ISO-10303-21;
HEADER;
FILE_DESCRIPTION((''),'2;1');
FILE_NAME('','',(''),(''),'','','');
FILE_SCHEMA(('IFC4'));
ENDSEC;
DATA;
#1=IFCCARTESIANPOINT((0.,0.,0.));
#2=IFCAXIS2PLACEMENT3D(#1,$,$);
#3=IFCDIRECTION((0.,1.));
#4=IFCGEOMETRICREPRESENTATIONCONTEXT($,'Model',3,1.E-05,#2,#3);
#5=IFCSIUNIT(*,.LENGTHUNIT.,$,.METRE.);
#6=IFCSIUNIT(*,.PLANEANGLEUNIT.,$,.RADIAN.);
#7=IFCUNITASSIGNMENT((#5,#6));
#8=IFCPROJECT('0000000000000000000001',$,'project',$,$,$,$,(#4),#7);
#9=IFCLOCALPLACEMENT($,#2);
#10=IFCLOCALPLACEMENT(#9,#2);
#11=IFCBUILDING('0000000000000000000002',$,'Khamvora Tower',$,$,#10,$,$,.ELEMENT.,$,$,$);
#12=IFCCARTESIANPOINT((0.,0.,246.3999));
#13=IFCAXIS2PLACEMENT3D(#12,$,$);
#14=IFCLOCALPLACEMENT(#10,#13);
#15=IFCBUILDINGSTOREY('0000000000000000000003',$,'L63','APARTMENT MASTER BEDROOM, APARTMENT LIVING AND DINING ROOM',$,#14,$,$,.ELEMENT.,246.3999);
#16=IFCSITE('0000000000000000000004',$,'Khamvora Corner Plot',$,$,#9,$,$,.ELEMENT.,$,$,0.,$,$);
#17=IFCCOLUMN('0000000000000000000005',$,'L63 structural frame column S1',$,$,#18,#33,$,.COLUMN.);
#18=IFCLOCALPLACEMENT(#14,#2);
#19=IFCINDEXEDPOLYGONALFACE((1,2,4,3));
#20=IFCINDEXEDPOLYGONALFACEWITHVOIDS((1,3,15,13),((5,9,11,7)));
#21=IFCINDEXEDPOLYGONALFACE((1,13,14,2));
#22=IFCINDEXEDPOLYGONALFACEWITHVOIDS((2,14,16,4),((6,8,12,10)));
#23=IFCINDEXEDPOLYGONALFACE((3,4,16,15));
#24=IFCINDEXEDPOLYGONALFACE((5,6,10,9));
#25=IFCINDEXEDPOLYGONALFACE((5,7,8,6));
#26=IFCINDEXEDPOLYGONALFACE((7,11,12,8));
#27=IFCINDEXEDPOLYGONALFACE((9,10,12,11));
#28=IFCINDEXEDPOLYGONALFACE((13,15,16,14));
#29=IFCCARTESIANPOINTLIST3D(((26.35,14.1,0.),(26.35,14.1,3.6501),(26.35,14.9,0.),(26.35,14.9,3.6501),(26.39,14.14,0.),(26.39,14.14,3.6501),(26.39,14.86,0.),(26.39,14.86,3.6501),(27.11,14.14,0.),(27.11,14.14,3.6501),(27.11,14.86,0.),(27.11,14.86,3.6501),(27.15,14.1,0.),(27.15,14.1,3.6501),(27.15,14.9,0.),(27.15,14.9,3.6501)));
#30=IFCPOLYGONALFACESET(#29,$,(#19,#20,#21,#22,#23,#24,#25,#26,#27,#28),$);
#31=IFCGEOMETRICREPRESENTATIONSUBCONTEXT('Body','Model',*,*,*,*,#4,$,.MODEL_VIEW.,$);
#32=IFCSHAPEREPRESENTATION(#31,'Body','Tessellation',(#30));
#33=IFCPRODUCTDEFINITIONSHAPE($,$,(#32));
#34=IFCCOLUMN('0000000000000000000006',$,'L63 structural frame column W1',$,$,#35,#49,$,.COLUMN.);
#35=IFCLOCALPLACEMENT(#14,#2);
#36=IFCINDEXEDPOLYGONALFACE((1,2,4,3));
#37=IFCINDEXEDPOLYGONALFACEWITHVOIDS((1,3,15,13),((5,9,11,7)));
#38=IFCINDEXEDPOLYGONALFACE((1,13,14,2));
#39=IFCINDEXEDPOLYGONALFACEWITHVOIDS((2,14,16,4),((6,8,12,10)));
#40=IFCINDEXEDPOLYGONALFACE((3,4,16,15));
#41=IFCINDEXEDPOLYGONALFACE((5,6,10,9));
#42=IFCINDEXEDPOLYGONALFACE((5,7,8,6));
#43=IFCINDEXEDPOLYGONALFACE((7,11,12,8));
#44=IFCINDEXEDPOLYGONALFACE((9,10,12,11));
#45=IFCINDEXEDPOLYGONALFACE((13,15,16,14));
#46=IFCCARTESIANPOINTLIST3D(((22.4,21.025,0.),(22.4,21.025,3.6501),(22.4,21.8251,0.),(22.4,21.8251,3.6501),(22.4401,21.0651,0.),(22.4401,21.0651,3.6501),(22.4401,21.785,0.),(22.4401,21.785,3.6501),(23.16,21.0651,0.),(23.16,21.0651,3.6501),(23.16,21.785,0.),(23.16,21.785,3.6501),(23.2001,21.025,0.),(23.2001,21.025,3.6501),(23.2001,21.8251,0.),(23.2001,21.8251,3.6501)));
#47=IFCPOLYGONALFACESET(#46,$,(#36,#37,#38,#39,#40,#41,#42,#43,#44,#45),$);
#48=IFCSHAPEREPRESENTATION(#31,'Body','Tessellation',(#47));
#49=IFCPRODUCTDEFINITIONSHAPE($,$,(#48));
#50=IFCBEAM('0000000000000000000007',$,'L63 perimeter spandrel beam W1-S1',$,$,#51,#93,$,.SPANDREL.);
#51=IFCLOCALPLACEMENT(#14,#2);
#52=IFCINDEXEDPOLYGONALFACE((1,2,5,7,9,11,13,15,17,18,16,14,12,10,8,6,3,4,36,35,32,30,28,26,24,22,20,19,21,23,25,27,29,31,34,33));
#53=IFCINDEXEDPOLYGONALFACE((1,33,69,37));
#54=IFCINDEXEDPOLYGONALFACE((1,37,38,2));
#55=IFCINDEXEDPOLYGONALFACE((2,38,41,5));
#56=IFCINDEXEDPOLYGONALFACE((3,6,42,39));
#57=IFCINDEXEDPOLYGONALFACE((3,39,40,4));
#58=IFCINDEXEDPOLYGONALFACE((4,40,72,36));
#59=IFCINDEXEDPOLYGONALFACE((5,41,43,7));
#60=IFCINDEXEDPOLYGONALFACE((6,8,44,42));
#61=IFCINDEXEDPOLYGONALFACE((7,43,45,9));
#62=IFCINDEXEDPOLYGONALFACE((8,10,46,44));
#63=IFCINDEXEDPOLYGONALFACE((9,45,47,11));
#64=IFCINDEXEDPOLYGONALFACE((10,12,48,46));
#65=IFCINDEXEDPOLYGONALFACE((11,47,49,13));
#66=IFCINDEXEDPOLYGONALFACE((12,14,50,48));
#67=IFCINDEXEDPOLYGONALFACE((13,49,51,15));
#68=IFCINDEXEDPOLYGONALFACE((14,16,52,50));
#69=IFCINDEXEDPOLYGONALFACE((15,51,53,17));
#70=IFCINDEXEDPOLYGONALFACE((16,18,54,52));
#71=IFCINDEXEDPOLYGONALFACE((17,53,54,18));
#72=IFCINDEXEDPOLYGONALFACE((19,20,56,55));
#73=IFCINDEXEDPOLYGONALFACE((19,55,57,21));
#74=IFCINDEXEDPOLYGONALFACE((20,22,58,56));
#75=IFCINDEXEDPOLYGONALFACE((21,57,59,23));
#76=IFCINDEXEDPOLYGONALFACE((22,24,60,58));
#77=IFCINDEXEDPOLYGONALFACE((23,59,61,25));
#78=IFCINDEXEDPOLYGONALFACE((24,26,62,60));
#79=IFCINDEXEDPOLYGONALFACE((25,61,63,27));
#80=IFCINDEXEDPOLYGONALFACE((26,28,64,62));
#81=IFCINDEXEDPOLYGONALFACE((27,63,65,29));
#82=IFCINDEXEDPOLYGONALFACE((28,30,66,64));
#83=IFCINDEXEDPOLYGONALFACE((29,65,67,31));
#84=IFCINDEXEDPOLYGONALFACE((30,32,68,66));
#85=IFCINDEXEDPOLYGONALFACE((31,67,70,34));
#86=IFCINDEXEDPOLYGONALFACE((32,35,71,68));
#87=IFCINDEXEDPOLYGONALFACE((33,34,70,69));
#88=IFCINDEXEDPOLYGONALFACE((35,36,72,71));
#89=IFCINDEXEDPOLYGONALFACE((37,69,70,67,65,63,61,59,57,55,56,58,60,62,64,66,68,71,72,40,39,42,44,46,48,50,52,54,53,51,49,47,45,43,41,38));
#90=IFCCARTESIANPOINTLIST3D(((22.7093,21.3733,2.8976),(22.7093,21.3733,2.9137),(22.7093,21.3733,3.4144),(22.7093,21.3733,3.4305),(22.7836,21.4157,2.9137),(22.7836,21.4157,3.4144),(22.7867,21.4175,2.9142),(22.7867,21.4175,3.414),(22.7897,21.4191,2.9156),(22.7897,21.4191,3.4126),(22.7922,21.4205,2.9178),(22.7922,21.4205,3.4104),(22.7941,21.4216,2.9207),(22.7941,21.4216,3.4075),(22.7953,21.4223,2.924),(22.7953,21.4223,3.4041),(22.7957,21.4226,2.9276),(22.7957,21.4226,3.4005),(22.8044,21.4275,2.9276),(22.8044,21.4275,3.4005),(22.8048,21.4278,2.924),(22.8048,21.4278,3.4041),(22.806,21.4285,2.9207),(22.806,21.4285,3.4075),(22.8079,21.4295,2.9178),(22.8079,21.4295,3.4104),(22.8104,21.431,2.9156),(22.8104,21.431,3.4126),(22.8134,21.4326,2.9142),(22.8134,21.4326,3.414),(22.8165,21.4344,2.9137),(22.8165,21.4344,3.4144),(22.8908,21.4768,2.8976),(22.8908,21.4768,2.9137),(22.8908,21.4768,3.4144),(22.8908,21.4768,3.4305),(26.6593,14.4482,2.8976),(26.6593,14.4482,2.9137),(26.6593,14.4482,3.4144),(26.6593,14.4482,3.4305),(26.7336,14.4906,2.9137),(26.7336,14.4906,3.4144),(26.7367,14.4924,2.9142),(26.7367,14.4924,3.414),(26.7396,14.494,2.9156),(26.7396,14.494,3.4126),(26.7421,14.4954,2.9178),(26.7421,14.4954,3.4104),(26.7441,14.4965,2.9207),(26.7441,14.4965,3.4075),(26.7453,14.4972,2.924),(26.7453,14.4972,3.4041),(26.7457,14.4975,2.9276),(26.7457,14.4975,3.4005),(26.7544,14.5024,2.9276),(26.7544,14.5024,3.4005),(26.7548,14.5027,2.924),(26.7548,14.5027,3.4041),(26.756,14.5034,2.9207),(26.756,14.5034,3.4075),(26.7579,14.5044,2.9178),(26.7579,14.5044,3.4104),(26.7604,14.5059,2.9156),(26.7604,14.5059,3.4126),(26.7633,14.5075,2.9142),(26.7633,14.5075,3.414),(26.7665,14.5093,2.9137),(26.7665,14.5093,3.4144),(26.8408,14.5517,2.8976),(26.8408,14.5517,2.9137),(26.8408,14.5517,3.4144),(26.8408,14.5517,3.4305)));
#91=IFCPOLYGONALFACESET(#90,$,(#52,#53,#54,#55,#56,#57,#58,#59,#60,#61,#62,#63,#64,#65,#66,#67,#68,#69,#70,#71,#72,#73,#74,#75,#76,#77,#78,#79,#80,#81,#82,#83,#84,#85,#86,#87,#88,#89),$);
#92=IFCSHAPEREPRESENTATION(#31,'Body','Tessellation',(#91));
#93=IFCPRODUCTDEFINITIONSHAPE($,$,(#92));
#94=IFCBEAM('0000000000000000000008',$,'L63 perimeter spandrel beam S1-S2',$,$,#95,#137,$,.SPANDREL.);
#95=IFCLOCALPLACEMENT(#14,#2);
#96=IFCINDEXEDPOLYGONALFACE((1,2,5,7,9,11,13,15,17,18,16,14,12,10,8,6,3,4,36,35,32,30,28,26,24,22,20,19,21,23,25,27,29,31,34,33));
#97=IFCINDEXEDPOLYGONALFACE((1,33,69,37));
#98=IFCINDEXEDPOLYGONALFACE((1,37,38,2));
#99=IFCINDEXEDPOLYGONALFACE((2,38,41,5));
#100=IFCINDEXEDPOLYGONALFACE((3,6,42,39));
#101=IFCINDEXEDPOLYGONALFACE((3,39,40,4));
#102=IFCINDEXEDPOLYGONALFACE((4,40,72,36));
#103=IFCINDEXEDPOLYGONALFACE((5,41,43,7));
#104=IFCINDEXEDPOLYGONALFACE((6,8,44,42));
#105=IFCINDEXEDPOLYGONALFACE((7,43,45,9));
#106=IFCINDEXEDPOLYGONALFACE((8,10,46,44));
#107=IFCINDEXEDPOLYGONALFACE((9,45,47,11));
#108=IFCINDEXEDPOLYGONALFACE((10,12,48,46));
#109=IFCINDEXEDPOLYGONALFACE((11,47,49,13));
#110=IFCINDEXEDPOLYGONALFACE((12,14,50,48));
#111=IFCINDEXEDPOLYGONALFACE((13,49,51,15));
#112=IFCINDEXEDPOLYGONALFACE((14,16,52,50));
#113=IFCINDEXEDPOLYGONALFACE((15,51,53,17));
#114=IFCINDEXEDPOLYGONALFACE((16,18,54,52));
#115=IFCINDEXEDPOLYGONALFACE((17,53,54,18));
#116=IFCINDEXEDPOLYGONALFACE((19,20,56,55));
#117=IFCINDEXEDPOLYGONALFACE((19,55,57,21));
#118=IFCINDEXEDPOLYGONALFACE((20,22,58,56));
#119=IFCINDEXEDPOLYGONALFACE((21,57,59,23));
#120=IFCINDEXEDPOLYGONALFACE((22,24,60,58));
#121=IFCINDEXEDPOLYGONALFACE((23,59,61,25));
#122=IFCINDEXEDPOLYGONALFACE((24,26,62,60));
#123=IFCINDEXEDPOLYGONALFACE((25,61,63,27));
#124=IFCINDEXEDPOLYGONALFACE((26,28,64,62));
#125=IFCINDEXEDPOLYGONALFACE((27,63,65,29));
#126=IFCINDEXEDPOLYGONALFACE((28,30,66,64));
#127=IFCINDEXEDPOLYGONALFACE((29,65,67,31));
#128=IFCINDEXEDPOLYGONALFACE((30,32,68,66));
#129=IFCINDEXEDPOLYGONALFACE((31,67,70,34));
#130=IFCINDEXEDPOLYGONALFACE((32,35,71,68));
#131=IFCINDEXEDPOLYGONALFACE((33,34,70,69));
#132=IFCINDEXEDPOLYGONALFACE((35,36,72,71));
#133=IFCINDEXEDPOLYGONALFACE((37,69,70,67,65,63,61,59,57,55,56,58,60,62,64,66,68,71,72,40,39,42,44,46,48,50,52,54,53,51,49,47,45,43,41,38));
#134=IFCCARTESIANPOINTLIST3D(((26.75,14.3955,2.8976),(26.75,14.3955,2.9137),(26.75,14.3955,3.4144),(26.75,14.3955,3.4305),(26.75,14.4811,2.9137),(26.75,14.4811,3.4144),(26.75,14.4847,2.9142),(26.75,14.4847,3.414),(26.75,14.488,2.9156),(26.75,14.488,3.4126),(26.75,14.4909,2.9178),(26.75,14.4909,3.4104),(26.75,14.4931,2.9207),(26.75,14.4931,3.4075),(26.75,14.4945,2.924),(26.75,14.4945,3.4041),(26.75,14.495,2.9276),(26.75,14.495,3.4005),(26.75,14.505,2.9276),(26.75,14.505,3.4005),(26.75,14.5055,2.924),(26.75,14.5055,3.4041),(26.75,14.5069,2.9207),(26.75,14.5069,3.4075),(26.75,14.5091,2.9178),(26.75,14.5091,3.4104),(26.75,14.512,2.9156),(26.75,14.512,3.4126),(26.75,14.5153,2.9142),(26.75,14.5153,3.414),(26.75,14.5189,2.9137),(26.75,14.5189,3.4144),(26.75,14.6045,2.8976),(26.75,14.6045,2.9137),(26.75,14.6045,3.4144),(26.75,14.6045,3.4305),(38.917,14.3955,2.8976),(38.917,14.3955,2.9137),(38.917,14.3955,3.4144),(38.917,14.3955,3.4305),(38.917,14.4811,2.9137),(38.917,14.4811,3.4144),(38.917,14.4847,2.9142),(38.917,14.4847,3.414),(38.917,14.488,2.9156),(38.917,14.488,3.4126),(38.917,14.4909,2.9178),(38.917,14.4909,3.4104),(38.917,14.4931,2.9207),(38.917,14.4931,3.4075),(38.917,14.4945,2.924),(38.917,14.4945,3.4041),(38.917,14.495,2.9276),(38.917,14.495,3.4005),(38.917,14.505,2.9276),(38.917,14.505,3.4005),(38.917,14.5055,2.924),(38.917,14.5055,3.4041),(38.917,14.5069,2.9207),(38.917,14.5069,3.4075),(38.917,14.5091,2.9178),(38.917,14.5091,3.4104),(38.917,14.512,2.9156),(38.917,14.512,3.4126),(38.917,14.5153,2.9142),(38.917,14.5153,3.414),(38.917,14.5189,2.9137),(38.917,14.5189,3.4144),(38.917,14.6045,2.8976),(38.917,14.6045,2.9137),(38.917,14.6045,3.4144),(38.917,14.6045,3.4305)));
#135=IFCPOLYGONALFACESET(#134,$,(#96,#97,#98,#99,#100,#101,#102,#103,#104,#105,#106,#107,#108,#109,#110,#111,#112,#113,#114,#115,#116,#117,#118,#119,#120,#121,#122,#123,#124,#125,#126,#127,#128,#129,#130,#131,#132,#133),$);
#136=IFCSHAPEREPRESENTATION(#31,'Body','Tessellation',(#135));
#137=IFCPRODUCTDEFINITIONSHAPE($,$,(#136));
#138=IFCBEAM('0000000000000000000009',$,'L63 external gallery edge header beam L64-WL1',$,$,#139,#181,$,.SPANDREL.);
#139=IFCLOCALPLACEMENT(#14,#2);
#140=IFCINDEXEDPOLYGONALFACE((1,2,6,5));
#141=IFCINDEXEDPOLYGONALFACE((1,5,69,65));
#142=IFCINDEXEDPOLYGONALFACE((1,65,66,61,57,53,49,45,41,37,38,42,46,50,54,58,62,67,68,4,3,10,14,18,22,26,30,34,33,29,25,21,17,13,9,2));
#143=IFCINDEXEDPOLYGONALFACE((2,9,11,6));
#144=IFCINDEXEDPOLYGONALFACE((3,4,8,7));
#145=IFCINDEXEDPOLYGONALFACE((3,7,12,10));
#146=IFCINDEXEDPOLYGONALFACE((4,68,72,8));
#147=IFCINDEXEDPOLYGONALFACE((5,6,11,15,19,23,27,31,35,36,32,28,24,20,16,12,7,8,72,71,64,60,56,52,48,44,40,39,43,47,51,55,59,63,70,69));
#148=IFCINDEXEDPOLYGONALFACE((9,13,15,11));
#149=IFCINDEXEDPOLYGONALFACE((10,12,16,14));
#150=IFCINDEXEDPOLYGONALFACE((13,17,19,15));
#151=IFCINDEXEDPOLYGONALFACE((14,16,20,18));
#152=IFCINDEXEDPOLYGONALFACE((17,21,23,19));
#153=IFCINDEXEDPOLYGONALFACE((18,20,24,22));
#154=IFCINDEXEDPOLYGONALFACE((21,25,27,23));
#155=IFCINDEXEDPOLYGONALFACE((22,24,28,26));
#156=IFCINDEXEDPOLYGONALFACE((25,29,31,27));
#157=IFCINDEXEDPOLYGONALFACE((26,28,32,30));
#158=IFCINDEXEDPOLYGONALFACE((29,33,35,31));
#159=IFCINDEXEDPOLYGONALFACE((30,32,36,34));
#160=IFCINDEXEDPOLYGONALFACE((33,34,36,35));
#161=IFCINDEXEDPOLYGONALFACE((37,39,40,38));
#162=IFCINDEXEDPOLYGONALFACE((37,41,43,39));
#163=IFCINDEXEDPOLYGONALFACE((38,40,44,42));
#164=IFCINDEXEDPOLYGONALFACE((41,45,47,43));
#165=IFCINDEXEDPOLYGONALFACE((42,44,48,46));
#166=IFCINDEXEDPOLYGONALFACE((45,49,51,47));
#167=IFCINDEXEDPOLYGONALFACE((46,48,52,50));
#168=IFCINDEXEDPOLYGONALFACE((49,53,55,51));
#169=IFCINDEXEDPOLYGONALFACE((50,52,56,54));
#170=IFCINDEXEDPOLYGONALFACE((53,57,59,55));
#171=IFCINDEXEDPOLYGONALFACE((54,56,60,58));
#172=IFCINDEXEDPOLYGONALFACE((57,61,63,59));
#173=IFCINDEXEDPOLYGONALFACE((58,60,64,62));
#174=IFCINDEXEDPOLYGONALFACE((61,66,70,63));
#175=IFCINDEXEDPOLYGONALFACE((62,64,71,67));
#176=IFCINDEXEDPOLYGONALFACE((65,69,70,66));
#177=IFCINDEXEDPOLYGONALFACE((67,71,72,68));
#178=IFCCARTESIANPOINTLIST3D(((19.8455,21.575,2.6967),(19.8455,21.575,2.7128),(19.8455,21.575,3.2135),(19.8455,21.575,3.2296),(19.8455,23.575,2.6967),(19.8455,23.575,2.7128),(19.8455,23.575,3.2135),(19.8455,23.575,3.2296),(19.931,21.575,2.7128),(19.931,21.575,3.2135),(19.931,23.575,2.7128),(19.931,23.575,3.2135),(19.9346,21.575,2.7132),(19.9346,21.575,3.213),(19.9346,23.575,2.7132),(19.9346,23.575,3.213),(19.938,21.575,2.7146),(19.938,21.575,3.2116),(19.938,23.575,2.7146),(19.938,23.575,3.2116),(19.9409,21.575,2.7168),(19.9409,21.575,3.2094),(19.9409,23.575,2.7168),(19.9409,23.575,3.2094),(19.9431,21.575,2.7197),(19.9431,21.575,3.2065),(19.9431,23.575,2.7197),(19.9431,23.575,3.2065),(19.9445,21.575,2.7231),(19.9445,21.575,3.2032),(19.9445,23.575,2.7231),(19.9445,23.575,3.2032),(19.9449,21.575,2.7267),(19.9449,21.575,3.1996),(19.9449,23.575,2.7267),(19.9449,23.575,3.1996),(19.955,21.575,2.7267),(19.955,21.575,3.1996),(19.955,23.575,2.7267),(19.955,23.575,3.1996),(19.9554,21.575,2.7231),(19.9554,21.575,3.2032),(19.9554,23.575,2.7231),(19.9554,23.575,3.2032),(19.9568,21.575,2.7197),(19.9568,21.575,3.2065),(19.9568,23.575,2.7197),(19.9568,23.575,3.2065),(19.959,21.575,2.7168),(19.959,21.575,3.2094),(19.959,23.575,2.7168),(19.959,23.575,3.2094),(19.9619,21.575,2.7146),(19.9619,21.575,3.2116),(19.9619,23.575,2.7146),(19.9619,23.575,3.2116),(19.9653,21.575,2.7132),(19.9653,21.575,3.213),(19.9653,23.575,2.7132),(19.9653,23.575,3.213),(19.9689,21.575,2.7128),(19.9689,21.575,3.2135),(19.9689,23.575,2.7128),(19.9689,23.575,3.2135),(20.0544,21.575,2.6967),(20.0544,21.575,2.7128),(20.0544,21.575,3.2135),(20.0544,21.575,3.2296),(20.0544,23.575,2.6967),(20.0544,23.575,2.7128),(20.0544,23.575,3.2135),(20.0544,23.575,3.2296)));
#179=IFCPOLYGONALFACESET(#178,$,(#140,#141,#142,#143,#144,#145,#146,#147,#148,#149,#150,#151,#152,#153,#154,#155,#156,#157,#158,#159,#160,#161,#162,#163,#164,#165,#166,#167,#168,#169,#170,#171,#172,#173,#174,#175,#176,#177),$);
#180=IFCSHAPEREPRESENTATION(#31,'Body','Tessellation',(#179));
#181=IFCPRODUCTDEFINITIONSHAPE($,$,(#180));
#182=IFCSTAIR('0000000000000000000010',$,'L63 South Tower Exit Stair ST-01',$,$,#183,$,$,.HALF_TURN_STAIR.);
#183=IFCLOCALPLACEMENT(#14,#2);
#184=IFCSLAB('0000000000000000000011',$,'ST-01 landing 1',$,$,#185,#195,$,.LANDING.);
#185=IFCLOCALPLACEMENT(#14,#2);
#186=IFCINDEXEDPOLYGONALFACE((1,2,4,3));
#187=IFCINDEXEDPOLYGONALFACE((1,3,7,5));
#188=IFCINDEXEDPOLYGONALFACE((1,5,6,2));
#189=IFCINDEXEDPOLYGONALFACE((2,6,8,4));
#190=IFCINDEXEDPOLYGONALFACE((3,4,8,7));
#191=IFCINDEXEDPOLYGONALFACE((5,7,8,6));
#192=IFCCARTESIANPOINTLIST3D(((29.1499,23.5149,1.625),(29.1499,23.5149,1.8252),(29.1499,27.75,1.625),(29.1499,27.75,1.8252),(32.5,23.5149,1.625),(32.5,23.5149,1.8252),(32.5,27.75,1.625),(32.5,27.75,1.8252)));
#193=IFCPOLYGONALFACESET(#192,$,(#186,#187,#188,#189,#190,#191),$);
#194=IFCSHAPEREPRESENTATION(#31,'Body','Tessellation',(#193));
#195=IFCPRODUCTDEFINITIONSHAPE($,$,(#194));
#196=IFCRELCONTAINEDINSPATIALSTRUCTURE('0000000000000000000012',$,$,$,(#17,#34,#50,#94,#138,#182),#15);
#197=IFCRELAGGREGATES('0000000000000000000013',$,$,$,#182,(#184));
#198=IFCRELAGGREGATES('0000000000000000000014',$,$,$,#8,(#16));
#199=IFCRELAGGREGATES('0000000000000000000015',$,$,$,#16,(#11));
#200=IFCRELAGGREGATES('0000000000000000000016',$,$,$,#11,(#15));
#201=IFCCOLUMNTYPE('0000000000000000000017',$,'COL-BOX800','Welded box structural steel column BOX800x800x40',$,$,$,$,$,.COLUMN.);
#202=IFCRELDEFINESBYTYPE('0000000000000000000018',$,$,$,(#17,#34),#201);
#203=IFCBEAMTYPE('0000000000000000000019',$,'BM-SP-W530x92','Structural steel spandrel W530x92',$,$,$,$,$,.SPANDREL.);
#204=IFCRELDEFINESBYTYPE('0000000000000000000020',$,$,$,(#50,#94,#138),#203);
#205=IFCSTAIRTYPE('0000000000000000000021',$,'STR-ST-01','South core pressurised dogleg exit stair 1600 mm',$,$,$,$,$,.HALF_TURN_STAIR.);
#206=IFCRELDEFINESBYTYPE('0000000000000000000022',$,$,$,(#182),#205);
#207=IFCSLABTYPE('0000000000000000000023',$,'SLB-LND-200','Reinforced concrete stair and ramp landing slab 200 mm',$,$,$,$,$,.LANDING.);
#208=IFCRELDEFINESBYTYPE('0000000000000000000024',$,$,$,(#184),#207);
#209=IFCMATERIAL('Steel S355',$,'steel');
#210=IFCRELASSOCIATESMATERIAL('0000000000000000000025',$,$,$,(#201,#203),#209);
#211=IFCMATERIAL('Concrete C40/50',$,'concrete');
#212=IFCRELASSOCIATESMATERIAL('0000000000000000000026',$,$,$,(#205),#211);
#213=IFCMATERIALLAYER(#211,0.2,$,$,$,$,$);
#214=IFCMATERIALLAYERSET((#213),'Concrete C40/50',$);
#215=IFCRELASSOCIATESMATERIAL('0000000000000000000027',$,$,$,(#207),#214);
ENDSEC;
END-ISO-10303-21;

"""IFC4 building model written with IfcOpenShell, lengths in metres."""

from ifc_helpers import new_model, si_unit, direction, frame, origin, origin_2d, place, context, subcontext, project, spatial, polyline, hollow_rectangle, i_section, outline, extrude, material, layer, layer_set, material_profile, profile_set, type_object, element, aggregate, save


model = new_model("IFC4")

# Units and contexts
model_context = context("Model", 3, precision=1e-05, world=origin(), true_north=direction((0.0, 1.0)))
body_context = subcontext(model_context, "Body", "Model", "MODEL_VIEW")
ifc_project = project(units=[si_unit("LENGTHUNIT", "METRE"), si_unit("PLANEANGLEUNIT", "RADIAN")], contexts=[model_context])

# Site, building, storey
site_placement = place(None, origin())
site = spatial("IfcSite", under=ifc_project, at=site_placement, Name="Khamvora Corner Plot", CompositionType="ELEMENT", RefElevation=0.0)
building_placement = place(site_placement, origin())
building = spatial("IfcBuilding", under=site, at=building_placement, Name="Khamvora Tower", CompositionType="ELEMENT")
storey_placement = place(building_placement, frame((0.0, 0.0, 246.3999)))
storey = spatial("IfcBuildingStorey", under=building, at=storey_placement, Name="L63", Description="APARTMENT MASTER BEDROOM, APARTMENT LIVING AND DINING ROOM", CompositionType="ELEMENT", Elevation=246.3999)

# Columns
ifc_material_1 = material(Name="Steel S355", Category="steel")
ifc_material_profile_1 = material_profile(ifc_material_1, hollow_rectangle(XDim=0.8, YDim=0.8, WallThickness=0.04, at=origin_2d()), Name="BOX800x800x40")
ifc_profile_set_1 = profile_set([ifc_material_profile_1], Name="Steel S355")
column_type = type_object("IfcColumnType", Name="COL-BOX800", Description="Welded box structural steel column BOX800x800x40", PredefinedType="COLUMN", material=ifc_profile_set_1)
for number, where, z_axis, x_axis, name in (
    (1, (26.75, 14.5, 0.0), (0.0, 0.0, 1.0), (1.0, 0.0, 0.0), "L63 structural frame column S1"),
    (2, (22.8, 21.425, 0.0), (0.0, 0.0, 1.0), (1.0, 0.0, 0.0), "L63 structural frame column W1"),
):
    element("IfcColumn", number, at=place(storey_placement, frame(where, z_axis=z_axis, x_axis=x_axis)), inside=storey, type_object=column_type, Name=name, PredefinedType="COLUMN", context=body_context, shape_type="SweptSolid", body=[
        extrude(hollow_rectangle(XDim=0.8, YDim=0.8, WallThickness=0.04, at=origin_2d()), origin(), (0.0, 0.0, 1.0), 3.6501),
    ])

# Beams
ifc_material_profile_2 = material_profile(ifc_material_1, i_section(OverallWidth=0.209, OverallDepth=0.533, WebThickness=0.01, FlangeThickness=0.0161, FilletRadius=0.0139, at=origin_2d()), Name="W530x92")
ifc_profile_set_2 = profile_set([ifc_material_profile_2], Name="Steel S355")
beam_type = type_object("IfcBeamType", Name="BM-SP-W530x92", Description="Structural steel spandrel W530x92", PredefinedType="SPANDREL", material=ifc_profile_set_2)
beam_1_placement = place(storey_placement, frame((22.8, 21.425, 3.1641), z_axis=(0.495456, -0.868633, 0.0), x_axis=(0.868633, 0.495456, 0.0)))
element("IfcBeam", 3, at=beam_1_placement, inside=storey, type_object=beam_type, Name="L63 perimeter spandrel beam W1-S1", PredefinedType="SPANDREL", context=body_context, shape_type="SweptSolid", body=[
    extrude(i_section(OverallWidth=0.209, OverallDepth=0.533, WebThickness=0.01, FlangeThickness=0.0161, FilletRadius=0.0139, at=origin_2d()), origin(), (0.0, 0.0, 1.0), 7.9724),
])
beam_2_placement = place(storey_placement, frame((26.75, 14.5, 3.1641), z_axis=(1.0, 0.0, 0.0), x_axis=(0.0, 1.0, 0.0)))
element("IfcBeam", 4, at=beam_2_placement, inside=storey, type_object=beam_type, Name="L63 perimeter spandrel beam S1-S2", PredefinedType="SPANDREL", context=body_context, shape_type="SweptSolid", body=[
    extrude(i_section(OverallWidth=0.209, OverallDepth=0.533, WebThickness=0.01, FlangeThickness=0.0161, FilletRadius=0.0139, at=origin_2d()), origin(), (0.0, 0.0, 1.0), 12.167),
])
beam_3_placement = place(storey_placement, frame((19.95, 21.575, 2.9631), z_axis=(0.0, 1.0, 0.0), x_axis=(-1.0, 0.0, 0.0)))
element("IfcBeam", 5, at=beam_3_placement, inside=storey, type_object=beam_type, Name="L63 external gallery edge header beam L64-WL1", PredefinedType="SPANDREL", context=body_context, shape_type="SweptSolid", body=[
    extrude(i_section(OverallWidth=0.209, OverallDepth=0.533, WebThickness=0.01, FlangeThickness=0.0161, FilletRadius=0.0139, at=origin_2d()), origin(), (0.0, 0.0, 1.0), 2.0),
])

# Stair, slab
ifc_material_2 = material(Name="Concrete C40/50", Category="concrete")
stair_type_1 = type_object("IfcStairType", Name="STR-ST-01", Description="South core pressurised dogleg exit stair 1600 mm", PredefinedType="HALF_TURN_STAIR", material=ifc_material_2)
stair_1_placement = place(storey_placement, origin())
stair_1 = element("IfcStair", 6, at=stair_1_placement, inside=storey, type_object=stair_type_1, Name="L63 South Tower Exit Stair ST-01", PredefinedType="HALF_TURN_STAIR")
ifc_layer_1 = layer(ifc_material_2, 0.2)
ifc_layer_set_1 = layer_set([ifc_layer_1], Name="Concrete C40/50")
slab_type_1 = type_object("IfcSlabType", Name="SLB-LND-200", Description="Reinforced concrete stair and ramp landing slab 200 mm", PredefinedType="LANDING", material=ifc_layer_set_1)
slab_1_placement = place(storey_placement, frame((0.0, 0.0, 1.625)))
slab_1 = element("IfcSlab", 7, at=slab_1_placement, type_object=slab_type_1, Name="ST-01 landing 1", PredefinedType="LANDING", context=body_context, shape_type="SweptSolid", body=[
    extrude(outline(polyline([(32.5, 23.5149), (32.5, 27.75), (29.1499, 27.75), (29.1499, 23.5149), (32.5, 23.5149)])), origin(), (0.0, 0.0, 1.0), 0.2002),
])
aggregate(stair_1, [slab_1])

save(model, "model.ifc")
